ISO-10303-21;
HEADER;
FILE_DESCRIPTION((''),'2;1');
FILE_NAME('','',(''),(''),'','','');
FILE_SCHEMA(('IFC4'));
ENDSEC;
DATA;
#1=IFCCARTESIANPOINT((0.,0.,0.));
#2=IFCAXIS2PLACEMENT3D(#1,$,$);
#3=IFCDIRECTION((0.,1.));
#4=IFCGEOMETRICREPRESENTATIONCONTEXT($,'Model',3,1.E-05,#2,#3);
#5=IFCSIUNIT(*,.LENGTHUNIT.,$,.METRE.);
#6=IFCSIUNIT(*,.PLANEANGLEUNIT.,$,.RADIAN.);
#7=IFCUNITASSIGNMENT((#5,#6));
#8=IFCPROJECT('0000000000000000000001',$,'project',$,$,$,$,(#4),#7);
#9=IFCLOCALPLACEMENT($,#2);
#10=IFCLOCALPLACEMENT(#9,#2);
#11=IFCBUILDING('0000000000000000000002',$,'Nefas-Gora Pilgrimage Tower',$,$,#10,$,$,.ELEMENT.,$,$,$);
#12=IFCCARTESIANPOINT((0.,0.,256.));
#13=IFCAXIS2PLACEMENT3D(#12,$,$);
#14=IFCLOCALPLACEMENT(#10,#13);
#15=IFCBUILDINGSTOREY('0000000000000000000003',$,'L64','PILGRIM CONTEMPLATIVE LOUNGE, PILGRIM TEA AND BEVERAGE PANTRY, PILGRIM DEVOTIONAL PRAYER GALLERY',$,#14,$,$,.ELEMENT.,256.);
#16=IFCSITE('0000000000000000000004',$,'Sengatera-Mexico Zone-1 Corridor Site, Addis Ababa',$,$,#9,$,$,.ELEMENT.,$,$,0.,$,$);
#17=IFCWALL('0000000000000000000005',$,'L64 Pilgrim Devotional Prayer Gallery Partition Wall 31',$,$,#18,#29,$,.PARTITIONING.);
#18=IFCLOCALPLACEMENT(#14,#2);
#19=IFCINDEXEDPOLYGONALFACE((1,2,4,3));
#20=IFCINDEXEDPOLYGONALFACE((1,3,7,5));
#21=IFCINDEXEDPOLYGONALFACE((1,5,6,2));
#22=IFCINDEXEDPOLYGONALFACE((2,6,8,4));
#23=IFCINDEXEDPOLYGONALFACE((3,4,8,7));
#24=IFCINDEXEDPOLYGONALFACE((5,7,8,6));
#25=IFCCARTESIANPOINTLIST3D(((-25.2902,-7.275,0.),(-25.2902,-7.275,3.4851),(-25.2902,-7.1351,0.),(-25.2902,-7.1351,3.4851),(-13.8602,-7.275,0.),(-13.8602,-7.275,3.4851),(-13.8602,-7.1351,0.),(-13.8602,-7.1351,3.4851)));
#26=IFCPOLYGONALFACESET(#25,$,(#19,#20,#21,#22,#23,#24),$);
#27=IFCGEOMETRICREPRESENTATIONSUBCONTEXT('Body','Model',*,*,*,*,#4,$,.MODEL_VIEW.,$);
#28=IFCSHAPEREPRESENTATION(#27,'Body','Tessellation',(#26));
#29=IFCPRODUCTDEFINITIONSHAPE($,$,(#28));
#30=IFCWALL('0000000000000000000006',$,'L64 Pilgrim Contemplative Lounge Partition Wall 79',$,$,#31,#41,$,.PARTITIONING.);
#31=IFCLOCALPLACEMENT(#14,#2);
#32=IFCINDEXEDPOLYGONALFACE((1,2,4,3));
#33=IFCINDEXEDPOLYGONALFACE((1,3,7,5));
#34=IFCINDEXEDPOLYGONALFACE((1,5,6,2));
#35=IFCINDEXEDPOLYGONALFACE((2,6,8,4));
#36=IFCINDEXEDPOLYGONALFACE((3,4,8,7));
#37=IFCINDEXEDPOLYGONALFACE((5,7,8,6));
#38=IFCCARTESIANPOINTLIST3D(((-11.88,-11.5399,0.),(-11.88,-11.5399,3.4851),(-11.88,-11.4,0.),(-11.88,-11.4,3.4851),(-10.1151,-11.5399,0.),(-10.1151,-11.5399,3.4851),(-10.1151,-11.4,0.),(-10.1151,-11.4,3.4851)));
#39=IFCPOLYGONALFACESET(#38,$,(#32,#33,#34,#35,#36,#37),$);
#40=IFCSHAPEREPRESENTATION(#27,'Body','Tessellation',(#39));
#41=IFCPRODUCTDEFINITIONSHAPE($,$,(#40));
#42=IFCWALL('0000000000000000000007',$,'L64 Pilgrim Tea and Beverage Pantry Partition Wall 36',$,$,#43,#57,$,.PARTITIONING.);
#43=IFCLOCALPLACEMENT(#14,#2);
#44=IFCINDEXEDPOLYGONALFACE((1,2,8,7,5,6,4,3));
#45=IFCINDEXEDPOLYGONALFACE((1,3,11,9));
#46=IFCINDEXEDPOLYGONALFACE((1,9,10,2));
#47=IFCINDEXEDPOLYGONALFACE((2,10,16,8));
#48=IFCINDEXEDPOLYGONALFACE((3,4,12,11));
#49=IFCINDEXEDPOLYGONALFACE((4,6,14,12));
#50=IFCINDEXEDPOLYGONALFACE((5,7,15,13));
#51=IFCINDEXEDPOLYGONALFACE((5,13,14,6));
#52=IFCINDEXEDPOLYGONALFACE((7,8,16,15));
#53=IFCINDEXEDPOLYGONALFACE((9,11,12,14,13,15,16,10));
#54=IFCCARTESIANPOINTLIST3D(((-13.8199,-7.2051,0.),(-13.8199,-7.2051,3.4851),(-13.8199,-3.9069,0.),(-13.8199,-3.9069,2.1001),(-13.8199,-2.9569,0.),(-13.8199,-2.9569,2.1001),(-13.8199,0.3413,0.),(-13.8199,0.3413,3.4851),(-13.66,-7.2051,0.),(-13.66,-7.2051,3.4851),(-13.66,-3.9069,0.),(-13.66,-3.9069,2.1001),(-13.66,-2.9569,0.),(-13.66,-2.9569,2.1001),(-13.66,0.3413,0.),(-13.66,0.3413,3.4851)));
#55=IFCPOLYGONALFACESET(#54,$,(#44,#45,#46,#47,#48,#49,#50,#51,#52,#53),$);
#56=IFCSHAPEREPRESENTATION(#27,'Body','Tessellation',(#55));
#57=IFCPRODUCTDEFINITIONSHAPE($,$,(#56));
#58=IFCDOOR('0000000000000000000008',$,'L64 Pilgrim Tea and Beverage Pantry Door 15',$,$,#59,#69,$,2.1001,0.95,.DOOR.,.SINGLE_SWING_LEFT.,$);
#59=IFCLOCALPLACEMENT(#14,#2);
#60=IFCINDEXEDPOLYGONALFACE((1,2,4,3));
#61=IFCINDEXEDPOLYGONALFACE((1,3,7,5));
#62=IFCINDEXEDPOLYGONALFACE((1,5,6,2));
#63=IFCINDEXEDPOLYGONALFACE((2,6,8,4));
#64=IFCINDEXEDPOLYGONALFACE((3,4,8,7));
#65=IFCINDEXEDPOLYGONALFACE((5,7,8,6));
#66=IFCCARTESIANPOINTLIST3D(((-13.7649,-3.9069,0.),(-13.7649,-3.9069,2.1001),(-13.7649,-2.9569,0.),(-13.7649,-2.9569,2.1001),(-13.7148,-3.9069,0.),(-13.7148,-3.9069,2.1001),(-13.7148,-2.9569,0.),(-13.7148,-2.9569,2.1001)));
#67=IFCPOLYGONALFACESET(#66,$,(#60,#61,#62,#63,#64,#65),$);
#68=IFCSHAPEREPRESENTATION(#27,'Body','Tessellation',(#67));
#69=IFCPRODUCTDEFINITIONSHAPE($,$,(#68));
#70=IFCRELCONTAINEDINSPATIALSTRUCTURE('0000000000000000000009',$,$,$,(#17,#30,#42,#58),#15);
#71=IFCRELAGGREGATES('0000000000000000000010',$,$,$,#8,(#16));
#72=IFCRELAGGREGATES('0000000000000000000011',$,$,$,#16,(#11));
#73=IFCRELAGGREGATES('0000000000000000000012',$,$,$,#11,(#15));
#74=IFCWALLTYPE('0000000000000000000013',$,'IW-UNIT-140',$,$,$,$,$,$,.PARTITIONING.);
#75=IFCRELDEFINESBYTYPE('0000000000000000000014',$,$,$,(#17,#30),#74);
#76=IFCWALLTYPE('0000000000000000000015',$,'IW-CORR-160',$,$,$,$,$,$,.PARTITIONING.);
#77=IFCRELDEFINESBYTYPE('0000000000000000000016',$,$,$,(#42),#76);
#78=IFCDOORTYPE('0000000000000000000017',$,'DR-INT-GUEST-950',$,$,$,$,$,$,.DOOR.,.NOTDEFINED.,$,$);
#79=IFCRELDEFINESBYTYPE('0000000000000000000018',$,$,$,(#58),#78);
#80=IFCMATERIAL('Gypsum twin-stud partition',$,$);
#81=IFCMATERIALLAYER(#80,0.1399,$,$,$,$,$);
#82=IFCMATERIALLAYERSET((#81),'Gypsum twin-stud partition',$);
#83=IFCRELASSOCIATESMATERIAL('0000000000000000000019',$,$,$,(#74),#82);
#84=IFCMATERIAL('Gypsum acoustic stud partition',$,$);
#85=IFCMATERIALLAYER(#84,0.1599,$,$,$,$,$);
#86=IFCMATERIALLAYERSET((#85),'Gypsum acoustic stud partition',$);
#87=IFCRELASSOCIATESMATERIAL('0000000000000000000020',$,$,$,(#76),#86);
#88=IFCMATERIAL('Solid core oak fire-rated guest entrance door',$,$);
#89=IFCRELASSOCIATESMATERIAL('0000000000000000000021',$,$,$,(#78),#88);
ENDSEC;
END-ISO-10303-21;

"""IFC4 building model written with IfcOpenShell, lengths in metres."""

from ifc_helpers import new_model, si_unit, direction, frame, frame_2d, origin, place, context, subcontext, project, spatial, rectangle, extrude, source, transform, mapped, material, layer, layer_set, type_object, element, fill, save


model = new_model("IFC4")

# Units and contexts
model_context = context("Model", 3, precision=1e-05, world=origin(), true_north=direction((0.0, 1.0)))
body_context = subcontext(model_context, "Body", "Model", "MODEL_VIEW")
ifc_project = project(units=[si_unit("LENGTHUNIT", "METRE"), si_unit("PLANEANGLEUNIT", "RADIAN")], contexts=[model_context])

# Site, building, storey
site_placement = place(None, origin())
site = spatial("IfcSite", under=ifc_project, at=site_placement, Name="Sengatera-Mexico Zone-1 Corridor Site, Addis Ababa", CompositionType="ELEMENT", RefElevation=0.0)
building_placement = place(site_placement, origin())
building = spatial("IfcBuilding", under=site, at=building_placement, Name="Nefas-Gora Pilgrimage Tower", CompositionType="ELEMENT")
storey_placement = place(building_placement, frame((0.0, 0.0, 256.0)))
storey = spatial("IfcBuildingStorey", under=building, at=storey_placement, Name="L64", Description="PILGRIM CONTEMPLATIVE LOUNGE, PILGRIM TEA AND BEVERAGE PANTRY, PILGRIM DEVOTIONAL PRAYER GALLERY", CompositionType="ELEMENT", Elevation=256.0)

# Walls
ifc_material_1 = material(Name="Gypsum twin-stud partition")
ifc_layer_1 = layer(ifc_material_1, 0.1399)
ifc_layer_set_1 = layer_set([ifc_layer_1], Name="Gypsum twin-stud partition")
wall_type_1 = type_object("IfcWallType", Name="IW-UNIT-140", PredefinedType="PARTITIONING", material=ifc_layer_set_1)
shared_shape_1 = source(origin(), body_context, "Body", "SweptSolid", [
    extrude(rectangle(XDim=11.4299, YDim=0.1399, at=frame_2d((5.7148, 0.0))), origin(), (0.0, 0.0, 1.0), 3.4851),
])
wall_1_placement = place(storey_placement, frame((-25.29, -7.2051, 0.0), z_axis=(0.0, 0.0, 1.0), x_axis=(1.0, 0.0, 0.0)))
element("IfcWall", 1, at=wall_1_placement, inside=storey, type_object=wall_type_1, Name="L64 Pilgrim Devotional Prayer Gallery Partition Wall 31", PredefinedType="PARTITIONING", context=body_context, shape_type="MappedRepresentation", body=[
    mapped(shared_shape_1, transform((0.0, 0.0, 0.0), x_axis=(1.0, 0.0, 0.0), y_axis=(0.0, 1.0, 0.0), z_axis=(0.0, 0.0, 1.0), scale=1.0)),
])
shared_shape_2 = source(origin(), body_context, "Body", "SweptSolid", [
    extrude(rectangle(XDim=1.7649, YDim=0.1399, at=frame_2d((0.8823, 0.0))), origin(), (0.0, 0.0, 1.0), 3.4851),
])
wall_2_placement = place(storey_placement, frame((-11.8799, -11.47, 0.0), z_axis=(0.0, 0.0, 1.0), x_axis=(1.0, 0.0, 0.0)))
element("IfcWall", 2, at=wall_2_placement, inside=storey, type_object=wall_type_1, Name="L64 Pilgrim Contemplative Lounge Partition Wall 79", PredefinedType="PARTITIONING", context=body_context, shape_type="MappedRepresentation", body=[
    mapped(shared_shape_2, transform((0.0, 0.0, 0.0), x_axis=(1.0, 0.0, 0.0), y_axis=(0.0, 1.0, 0.0), z_axis=(0.0, 0.0, 1.0), scale=1.0)),
])

# Wall, opening, door
ifc_material_2 = material(Name="Gypsum acoustic stud partition")
ifc_layer_2 = layer(ifc_material_2, 0.1599)
ifc_layer_set_2 = layer_set([ifc_layer_2], Name="Gypsum acoustic stud partition")
wall_type_2 = type_object("IfcWallType", Name="IW-CORR-160", PredefinedType="PARTITIONING", material=ifc_layer_set_2)
shared_shape_3 = source(origin(), body_context, "Body", "SweptSolid", [
    extrude(rectangle(XDim=7.5464, YDim=0.1599, at=frame_2d((3.7732, 0.0))), origin(), (0.0, 0.0, 1.0), 3.4851),
])
wall_3_placement = place(storey_placement, frame((-13.74, -7.2051, 0.0), z_axis=(0.0, 0.0, 1.0), x_axis=(0.0, 1.0, 0.0)))
wall_3 = element("IfcWall", 3, at=wall_3_placement, inside=storey, type_object=wall_type_2, Name="L64 Pilgrim Tea and Beverage Pantry Partition Wall 36", PredefinedType="PARTITIONING", context=body_context, shape_type="MappedRepresentation", body=[
    mapped(shared_shape_3, transform((0.0, 0.0, 0.0), x_axis=(1.0, 0.0, 0.0), y_axis=(0.0, 1.0, 0.0), z_axis=(0.0, 0.0, 1.0), scale=1.0)),
])
opening_1_placement = place(wall_3_placement, frame((3.2981, 0.0, 0.0)))
opening_1 = element("IfcOpeningElement", 4, at=opening_1_placement, cuts=wall_3, PredefinedType="OPENING", context=body_context, shape_type="SweptSolid", body=[
    extrude(rectangle(XDim=0.95, YDim=2.1001, at=frame_2d((0.4751, 1.05))), frame((0.0, 0.0898, 0.0), z_axis=(0.0, -1.0, 0.0), x_axis=(1.0, 0.0, 0.0)), (0.0, 0.0, 1.0), 0.1799),
])
ifc_material_3 = material(Name="Solid core oak fire-rated guest entrance door")
door_type_1 = type_object("IfcDoorType", Name="DR-INT-GUEST-950", OperationType="NOTDEFINED", PredefinedType="DOOR", material=ifc_material_3)
shared_shape_4 = source(origin(), body_context, "Body", "SweptSolid", [
    extrude(rectangle(XDim=0.95, YDim=2.1001, at=frame_2d((0.4751, 1.05))), frame((0.0, 0.0249, 0.0), z_axis=(0.0, -1.0, 0.0), x_axis=(1.0, 0.0, 0.0)), (0.0, 0.0, 1.0), 0.05),
])
door_1_placement = place(opening_1_placement, origin())
door_1 = element("IfcDoor", 5, at=door_1_placement, inside=storey, type_object=door_type_1, Name="L64 Pilgrim Tea and Beverage Pantry Door 15", OperationType="SINGLE_SWING_LEFT", OverallHeight=2.1001, OverallWidth=0.95, PredefinedType="DOOR", context=body_context, shape_type="MappedRepresentation", body=[
    mapped(shared_shape_4, transform((0.0, 0.0, 0.0), x_axis=(1.0, 0.0, 0.0), y_axis=(0.0, 1.0, 0.0), z_axis=(0.0, 0.0, 1.0), scale=1.0)),
])
fill(opening_1, door_1)

save(model, "model.ifc")
